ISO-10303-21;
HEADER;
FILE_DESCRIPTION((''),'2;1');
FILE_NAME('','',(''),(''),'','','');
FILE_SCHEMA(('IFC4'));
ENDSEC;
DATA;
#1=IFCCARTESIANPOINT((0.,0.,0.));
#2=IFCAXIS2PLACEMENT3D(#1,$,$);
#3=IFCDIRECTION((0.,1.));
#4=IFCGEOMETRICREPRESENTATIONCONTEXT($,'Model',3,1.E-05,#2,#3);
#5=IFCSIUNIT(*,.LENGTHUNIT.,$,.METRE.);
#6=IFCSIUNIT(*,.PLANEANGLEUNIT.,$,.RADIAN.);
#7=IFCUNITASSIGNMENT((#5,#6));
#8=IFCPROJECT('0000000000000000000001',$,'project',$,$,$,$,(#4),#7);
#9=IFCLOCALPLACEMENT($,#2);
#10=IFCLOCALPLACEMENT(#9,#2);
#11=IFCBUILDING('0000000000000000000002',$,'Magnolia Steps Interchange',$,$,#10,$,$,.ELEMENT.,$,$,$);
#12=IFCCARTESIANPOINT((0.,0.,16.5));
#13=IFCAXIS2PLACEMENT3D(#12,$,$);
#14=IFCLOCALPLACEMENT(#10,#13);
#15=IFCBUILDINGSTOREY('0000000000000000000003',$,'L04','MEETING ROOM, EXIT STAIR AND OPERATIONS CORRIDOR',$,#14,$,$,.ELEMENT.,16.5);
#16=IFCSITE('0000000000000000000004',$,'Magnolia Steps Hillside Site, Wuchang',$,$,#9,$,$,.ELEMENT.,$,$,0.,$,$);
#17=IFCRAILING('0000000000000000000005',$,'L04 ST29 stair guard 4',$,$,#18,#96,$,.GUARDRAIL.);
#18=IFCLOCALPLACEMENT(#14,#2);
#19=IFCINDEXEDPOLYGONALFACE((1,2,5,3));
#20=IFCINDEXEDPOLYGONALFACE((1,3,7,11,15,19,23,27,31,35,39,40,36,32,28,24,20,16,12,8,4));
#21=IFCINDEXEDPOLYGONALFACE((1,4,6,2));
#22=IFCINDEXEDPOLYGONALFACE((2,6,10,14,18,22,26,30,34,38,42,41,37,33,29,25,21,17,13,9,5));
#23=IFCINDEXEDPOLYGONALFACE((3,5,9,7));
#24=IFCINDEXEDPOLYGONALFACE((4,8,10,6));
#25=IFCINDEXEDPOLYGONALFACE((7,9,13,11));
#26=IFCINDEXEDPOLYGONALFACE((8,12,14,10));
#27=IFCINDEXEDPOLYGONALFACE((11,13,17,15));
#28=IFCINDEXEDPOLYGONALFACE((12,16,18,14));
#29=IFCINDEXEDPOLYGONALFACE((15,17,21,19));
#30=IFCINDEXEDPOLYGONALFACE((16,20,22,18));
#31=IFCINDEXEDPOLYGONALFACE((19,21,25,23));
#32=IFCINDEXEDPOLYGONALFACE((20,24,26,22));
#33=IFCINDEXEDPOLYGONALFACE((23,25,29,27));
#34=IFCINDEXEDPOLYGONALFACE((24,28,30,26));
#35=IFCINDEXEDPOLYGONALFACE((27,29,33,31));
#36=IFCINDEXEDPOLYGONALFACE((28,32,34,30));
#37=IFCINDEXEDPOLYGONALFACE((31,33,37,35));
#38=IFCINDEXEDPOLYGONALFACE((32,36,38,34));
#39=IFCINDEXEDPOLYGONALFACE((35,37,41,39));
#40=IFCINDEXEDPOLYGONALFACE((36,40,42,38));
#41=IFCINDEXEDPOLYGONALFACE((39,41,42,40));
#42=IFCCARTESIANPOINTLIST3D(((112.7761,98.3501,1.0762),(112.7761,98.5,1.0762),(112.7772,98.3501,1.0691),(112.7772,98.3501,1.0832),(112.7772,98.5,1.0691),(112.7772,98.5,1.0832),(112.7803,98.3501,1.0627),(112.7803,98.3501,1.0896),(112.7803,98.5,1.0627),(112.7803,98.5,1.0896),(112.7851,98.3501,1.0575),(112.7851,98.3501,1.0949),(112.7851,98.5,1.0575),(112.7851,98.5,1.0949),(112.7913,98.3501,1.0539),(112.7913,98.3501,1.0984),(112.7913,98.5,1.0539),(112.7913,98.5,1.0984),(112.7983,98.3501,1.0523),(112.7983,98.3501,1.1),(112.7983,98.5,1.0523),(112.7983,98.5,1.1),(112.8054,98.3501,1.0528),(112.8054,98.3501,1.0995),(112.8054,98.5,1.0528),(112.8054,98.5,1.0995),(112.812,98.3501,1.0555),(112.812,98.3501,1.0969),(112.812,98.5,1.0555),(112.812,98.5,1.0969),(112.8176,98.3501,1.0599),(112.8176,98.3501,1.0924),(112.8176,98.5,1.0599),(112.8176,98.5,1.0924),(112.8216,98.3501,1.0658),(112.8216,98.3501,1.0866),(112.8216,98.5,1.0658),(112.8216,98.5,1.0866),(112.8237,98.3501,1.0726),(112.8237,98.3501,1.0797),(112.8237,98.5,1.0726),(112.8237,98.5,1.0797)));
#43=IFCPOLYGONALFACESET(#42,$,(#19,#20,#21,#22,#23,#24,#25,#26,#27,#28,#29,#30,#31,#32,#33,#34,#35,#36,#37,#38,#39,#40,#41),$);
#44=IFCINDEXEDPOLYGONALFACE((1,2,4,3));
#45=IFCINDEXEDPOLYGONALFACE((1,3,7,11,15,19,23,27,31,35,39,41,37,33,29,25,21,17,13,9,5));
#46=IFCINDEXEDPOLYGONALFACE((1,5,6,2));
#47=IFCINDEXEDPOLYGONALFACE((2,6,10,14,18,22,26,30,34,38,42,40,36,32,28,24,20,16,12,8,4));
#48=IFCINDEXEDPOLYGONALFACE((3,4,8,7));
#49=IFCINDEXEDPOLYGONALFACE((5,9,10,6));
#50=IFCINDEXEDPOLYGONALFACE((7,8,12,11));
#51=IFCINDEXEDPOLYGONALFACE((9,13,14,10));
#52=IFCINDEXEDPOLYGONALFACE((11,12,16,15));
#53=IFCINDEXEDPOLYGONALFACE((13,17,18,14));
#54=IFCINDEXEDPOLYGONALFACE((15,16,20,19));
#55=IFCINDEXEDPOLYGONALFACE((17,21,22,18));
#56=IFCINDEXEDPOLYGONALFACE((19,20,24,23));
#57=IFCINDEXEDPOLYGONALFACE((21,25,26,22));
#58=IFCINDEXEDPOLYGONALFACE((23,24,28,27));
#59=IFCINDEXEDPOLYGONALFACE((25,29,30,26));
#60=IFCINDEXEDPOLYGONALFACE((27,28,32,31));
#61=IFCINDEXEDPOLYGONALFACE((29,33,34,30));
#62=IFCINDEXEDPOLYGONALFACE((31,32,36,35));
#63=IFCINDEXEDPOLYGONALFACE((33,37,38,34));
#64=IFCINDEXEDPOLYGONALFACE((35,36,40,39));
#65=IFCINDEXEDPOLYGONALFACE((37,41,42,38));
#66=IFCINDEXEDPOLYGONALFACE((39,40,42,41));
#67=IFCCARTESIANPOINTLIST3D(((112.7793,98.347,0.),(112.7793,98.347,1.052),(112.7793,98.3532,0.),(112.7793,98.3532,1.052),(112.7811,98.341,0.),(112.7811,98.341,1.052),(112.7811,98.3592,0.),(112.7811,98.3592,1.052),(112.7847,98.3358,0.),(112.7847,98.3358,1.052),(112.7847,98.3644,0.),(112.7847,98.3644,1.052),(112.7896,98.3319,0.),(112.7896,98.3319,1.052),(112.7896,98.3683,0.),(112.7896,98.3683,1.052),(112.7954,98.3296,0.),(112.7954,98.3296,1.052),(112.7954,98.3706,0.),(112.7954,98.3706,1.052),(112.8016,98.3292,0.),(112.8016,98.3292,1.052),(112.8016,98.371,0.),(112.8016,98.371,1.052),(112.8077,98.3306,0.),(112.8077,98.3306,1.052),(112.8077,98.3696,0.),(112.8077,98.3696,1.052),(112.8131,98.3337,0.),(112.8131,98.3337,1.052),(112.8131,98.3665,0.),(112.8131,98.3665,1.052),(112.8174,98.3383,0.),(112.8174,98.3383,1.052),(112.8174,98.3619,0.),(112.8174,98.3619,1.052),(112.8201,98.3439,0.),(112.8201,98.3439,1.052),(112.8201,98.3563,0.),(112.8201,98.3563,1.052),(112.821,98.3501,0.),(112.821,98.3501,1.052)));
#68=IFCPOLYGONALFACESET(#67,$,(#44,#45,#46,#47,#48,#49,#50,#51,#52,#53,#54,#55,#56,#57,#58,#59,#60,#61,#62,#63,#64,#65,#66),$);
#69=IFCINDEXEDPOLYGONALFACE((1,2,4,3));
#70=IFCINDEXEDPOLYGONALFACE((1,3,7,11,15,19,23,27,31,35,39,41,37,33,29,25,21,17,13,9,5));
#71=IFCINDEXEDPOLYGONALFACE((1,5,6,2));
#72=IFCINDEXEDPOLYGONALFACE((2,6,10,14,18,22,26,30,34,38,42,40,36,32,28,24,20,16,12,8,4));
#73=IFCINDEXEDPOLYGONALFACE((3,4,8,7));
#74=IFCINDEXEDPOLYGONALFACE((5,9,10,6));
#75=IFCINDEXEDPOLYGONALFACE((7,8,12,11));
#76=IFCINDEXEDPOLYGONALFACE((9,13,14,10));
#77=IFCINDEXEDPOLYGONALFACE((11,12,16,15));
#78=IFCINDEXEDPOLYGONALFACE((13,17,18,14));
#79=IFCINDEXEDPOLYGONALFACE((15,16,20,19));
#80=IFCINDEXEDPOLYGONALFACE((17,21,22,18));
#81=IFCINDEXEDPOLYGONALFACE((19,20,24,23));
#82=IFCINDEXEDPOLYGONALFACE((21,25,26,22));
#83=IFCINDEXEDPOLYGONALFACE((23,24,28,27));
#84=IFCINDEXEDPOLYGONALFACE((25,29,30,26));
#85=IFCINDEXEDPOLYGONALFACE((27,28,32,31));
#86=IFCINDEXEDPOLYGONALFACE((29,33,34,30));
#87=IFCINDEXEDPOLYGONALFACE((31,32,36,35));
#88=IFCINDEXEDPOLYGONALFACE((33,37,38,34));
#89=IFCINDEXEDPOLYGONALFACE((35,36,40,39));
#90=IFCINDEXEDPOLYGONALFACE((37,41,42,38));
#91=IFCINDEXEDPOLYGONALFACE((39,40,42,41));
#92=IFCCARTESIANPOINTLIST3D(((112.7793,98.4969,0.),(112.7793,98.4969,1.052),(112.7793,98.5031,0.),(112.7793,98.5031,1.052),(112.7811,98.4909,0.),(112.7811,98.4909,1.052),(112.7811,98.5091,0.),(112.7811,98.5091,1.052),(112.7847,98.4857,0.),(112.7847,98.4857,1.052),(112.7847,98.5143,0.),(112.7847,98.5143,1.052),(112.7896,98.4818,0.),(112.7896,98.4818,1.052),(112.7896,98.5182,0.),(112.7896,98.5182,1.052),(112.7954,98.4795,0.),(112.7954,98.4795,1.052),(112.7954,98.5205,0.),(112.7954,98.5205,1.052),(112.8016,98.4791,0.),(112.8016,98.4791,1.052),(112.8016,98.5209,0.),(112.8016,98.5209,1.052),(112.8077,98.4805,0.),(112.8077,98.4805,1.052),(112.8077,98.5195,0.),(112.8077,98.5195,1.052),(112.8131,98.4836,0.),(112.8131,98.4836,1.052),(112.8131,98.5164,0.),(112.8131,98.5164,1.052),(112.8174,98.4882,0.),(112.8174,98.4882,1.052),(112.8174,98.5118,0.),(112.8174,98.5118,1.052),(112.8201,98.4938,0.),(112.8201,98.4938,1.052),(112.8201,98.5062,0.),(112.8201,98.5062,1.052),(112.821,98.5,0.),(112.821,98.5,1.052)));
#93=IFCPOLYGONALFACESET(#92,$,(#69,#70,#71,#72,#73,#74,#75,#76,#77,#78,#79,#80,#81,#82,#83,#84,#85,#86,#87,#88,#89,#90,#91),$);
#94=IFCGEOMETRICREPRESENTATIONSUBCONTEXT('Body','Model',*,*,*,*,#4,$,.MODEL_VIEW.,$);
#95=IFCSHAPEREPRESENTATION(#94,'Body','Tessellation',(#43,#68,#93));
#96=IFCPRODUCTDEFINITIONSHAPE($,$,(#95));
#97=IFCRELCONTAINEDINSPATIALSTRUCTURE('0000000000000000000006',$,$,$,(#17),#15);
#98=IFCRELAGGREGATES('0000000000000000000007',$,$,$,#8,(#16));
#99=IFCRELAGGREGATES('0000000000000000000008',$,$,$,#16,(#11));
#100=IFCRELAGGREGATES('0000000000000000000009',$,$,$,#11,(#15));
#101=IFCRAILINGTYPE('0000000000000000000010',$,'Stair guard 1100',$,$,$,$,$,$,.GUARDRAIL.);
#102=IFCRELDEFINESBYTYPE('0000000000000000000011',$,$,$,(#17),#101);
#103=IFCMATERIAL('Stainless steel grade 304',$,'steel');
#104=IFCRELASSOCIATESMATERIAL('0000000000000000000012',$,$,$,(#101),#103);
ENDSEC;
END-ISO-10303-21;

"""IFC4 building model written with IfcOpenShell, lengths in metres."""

from ifc_helpers import new_model, si_unit, direction, frame, origin, origin_2d, place, context, subcontext, project, spatial, circle, extrude, material, type_object, element, save


model = new_model("IFC4")

# Units and contexts
model_context = context("Model", 3, precision=1e-05, world=origin(), true_north=direction((0.0, 1.0)))
body_context = subcontext(model_context, "Body", "Model", "MODEL_VIEW")
ifc_project = project(units=[si_unit("LENGTHUNIT", "METRE"), si_unit("PLANEANGLEUNIT", "RADIAN")], contexts=[model_context])

# Site, building, storey
site_placement = place(None, origin())
site = spatial("IfcSite", under=ifc_project, at=site_placement, Name="Magnolia Steps Hillside Site, Wuchang", CompositionType="ELEMENT", RefElevation=0.0)
building_placement = place(site_placement, origin())
building = spatial("IfcBuilding", under=site, at=building_placement, Name="Magnolia Steps Interchange", CompositionType="ELEMENT")
storey_placement = place(building_placement, frame((0.0, 0.0, 16.5)))
storey = spatial("IfcBuildingStorey", under=building, at=storey_placement, Name="L04", Description="MEETING ROOM, EXIT STAIR AND OPERATIONS CORRIDOR", CompositionType="ELEMENT", Elevation=16.5)

# Railing
ifc_material_1 = material(Name="Stainless steel grade 304", Category="steel")
railing_type_1 = type_object("IfcRailingType", Name="Stair guard 1100", PredefinedType="GUARDRAIL", material=ifc_material_1)
railing_1_placement = place(storey_placement, frame((112.8, 98.3501, 0.0)))
element("IfcRailing", 1, at=railing_1_placement, inside=storey, type_object=railing_type_1, Name="L04 ST29 stair guard 4", PredefinedType="GUARDRAIL", context=body_context, shape_type="SweptSolid", body=[
    extrude(circle(Radius=0.0239, at=origin_2d()), frame((0.0, 0.0, 1.0762), z_axis=(0.0, 1.0, 0.0), x_axis=(-1.0, 0.0, 0.0)), (0.0, 0.0, 1.0), 0.1499),
    extrude(circle(Radius=0.021, at=origin_2d()), origin(), (0.0, 0.0, 1.0), 1.052),
    extrude(circle(Radius=0.021, at=origin_2d()), frame((0.0, 0.1499, 0.0)), (0.0, 0.0, 1.0), 1.052),
])

save(model, "model.ifc")
